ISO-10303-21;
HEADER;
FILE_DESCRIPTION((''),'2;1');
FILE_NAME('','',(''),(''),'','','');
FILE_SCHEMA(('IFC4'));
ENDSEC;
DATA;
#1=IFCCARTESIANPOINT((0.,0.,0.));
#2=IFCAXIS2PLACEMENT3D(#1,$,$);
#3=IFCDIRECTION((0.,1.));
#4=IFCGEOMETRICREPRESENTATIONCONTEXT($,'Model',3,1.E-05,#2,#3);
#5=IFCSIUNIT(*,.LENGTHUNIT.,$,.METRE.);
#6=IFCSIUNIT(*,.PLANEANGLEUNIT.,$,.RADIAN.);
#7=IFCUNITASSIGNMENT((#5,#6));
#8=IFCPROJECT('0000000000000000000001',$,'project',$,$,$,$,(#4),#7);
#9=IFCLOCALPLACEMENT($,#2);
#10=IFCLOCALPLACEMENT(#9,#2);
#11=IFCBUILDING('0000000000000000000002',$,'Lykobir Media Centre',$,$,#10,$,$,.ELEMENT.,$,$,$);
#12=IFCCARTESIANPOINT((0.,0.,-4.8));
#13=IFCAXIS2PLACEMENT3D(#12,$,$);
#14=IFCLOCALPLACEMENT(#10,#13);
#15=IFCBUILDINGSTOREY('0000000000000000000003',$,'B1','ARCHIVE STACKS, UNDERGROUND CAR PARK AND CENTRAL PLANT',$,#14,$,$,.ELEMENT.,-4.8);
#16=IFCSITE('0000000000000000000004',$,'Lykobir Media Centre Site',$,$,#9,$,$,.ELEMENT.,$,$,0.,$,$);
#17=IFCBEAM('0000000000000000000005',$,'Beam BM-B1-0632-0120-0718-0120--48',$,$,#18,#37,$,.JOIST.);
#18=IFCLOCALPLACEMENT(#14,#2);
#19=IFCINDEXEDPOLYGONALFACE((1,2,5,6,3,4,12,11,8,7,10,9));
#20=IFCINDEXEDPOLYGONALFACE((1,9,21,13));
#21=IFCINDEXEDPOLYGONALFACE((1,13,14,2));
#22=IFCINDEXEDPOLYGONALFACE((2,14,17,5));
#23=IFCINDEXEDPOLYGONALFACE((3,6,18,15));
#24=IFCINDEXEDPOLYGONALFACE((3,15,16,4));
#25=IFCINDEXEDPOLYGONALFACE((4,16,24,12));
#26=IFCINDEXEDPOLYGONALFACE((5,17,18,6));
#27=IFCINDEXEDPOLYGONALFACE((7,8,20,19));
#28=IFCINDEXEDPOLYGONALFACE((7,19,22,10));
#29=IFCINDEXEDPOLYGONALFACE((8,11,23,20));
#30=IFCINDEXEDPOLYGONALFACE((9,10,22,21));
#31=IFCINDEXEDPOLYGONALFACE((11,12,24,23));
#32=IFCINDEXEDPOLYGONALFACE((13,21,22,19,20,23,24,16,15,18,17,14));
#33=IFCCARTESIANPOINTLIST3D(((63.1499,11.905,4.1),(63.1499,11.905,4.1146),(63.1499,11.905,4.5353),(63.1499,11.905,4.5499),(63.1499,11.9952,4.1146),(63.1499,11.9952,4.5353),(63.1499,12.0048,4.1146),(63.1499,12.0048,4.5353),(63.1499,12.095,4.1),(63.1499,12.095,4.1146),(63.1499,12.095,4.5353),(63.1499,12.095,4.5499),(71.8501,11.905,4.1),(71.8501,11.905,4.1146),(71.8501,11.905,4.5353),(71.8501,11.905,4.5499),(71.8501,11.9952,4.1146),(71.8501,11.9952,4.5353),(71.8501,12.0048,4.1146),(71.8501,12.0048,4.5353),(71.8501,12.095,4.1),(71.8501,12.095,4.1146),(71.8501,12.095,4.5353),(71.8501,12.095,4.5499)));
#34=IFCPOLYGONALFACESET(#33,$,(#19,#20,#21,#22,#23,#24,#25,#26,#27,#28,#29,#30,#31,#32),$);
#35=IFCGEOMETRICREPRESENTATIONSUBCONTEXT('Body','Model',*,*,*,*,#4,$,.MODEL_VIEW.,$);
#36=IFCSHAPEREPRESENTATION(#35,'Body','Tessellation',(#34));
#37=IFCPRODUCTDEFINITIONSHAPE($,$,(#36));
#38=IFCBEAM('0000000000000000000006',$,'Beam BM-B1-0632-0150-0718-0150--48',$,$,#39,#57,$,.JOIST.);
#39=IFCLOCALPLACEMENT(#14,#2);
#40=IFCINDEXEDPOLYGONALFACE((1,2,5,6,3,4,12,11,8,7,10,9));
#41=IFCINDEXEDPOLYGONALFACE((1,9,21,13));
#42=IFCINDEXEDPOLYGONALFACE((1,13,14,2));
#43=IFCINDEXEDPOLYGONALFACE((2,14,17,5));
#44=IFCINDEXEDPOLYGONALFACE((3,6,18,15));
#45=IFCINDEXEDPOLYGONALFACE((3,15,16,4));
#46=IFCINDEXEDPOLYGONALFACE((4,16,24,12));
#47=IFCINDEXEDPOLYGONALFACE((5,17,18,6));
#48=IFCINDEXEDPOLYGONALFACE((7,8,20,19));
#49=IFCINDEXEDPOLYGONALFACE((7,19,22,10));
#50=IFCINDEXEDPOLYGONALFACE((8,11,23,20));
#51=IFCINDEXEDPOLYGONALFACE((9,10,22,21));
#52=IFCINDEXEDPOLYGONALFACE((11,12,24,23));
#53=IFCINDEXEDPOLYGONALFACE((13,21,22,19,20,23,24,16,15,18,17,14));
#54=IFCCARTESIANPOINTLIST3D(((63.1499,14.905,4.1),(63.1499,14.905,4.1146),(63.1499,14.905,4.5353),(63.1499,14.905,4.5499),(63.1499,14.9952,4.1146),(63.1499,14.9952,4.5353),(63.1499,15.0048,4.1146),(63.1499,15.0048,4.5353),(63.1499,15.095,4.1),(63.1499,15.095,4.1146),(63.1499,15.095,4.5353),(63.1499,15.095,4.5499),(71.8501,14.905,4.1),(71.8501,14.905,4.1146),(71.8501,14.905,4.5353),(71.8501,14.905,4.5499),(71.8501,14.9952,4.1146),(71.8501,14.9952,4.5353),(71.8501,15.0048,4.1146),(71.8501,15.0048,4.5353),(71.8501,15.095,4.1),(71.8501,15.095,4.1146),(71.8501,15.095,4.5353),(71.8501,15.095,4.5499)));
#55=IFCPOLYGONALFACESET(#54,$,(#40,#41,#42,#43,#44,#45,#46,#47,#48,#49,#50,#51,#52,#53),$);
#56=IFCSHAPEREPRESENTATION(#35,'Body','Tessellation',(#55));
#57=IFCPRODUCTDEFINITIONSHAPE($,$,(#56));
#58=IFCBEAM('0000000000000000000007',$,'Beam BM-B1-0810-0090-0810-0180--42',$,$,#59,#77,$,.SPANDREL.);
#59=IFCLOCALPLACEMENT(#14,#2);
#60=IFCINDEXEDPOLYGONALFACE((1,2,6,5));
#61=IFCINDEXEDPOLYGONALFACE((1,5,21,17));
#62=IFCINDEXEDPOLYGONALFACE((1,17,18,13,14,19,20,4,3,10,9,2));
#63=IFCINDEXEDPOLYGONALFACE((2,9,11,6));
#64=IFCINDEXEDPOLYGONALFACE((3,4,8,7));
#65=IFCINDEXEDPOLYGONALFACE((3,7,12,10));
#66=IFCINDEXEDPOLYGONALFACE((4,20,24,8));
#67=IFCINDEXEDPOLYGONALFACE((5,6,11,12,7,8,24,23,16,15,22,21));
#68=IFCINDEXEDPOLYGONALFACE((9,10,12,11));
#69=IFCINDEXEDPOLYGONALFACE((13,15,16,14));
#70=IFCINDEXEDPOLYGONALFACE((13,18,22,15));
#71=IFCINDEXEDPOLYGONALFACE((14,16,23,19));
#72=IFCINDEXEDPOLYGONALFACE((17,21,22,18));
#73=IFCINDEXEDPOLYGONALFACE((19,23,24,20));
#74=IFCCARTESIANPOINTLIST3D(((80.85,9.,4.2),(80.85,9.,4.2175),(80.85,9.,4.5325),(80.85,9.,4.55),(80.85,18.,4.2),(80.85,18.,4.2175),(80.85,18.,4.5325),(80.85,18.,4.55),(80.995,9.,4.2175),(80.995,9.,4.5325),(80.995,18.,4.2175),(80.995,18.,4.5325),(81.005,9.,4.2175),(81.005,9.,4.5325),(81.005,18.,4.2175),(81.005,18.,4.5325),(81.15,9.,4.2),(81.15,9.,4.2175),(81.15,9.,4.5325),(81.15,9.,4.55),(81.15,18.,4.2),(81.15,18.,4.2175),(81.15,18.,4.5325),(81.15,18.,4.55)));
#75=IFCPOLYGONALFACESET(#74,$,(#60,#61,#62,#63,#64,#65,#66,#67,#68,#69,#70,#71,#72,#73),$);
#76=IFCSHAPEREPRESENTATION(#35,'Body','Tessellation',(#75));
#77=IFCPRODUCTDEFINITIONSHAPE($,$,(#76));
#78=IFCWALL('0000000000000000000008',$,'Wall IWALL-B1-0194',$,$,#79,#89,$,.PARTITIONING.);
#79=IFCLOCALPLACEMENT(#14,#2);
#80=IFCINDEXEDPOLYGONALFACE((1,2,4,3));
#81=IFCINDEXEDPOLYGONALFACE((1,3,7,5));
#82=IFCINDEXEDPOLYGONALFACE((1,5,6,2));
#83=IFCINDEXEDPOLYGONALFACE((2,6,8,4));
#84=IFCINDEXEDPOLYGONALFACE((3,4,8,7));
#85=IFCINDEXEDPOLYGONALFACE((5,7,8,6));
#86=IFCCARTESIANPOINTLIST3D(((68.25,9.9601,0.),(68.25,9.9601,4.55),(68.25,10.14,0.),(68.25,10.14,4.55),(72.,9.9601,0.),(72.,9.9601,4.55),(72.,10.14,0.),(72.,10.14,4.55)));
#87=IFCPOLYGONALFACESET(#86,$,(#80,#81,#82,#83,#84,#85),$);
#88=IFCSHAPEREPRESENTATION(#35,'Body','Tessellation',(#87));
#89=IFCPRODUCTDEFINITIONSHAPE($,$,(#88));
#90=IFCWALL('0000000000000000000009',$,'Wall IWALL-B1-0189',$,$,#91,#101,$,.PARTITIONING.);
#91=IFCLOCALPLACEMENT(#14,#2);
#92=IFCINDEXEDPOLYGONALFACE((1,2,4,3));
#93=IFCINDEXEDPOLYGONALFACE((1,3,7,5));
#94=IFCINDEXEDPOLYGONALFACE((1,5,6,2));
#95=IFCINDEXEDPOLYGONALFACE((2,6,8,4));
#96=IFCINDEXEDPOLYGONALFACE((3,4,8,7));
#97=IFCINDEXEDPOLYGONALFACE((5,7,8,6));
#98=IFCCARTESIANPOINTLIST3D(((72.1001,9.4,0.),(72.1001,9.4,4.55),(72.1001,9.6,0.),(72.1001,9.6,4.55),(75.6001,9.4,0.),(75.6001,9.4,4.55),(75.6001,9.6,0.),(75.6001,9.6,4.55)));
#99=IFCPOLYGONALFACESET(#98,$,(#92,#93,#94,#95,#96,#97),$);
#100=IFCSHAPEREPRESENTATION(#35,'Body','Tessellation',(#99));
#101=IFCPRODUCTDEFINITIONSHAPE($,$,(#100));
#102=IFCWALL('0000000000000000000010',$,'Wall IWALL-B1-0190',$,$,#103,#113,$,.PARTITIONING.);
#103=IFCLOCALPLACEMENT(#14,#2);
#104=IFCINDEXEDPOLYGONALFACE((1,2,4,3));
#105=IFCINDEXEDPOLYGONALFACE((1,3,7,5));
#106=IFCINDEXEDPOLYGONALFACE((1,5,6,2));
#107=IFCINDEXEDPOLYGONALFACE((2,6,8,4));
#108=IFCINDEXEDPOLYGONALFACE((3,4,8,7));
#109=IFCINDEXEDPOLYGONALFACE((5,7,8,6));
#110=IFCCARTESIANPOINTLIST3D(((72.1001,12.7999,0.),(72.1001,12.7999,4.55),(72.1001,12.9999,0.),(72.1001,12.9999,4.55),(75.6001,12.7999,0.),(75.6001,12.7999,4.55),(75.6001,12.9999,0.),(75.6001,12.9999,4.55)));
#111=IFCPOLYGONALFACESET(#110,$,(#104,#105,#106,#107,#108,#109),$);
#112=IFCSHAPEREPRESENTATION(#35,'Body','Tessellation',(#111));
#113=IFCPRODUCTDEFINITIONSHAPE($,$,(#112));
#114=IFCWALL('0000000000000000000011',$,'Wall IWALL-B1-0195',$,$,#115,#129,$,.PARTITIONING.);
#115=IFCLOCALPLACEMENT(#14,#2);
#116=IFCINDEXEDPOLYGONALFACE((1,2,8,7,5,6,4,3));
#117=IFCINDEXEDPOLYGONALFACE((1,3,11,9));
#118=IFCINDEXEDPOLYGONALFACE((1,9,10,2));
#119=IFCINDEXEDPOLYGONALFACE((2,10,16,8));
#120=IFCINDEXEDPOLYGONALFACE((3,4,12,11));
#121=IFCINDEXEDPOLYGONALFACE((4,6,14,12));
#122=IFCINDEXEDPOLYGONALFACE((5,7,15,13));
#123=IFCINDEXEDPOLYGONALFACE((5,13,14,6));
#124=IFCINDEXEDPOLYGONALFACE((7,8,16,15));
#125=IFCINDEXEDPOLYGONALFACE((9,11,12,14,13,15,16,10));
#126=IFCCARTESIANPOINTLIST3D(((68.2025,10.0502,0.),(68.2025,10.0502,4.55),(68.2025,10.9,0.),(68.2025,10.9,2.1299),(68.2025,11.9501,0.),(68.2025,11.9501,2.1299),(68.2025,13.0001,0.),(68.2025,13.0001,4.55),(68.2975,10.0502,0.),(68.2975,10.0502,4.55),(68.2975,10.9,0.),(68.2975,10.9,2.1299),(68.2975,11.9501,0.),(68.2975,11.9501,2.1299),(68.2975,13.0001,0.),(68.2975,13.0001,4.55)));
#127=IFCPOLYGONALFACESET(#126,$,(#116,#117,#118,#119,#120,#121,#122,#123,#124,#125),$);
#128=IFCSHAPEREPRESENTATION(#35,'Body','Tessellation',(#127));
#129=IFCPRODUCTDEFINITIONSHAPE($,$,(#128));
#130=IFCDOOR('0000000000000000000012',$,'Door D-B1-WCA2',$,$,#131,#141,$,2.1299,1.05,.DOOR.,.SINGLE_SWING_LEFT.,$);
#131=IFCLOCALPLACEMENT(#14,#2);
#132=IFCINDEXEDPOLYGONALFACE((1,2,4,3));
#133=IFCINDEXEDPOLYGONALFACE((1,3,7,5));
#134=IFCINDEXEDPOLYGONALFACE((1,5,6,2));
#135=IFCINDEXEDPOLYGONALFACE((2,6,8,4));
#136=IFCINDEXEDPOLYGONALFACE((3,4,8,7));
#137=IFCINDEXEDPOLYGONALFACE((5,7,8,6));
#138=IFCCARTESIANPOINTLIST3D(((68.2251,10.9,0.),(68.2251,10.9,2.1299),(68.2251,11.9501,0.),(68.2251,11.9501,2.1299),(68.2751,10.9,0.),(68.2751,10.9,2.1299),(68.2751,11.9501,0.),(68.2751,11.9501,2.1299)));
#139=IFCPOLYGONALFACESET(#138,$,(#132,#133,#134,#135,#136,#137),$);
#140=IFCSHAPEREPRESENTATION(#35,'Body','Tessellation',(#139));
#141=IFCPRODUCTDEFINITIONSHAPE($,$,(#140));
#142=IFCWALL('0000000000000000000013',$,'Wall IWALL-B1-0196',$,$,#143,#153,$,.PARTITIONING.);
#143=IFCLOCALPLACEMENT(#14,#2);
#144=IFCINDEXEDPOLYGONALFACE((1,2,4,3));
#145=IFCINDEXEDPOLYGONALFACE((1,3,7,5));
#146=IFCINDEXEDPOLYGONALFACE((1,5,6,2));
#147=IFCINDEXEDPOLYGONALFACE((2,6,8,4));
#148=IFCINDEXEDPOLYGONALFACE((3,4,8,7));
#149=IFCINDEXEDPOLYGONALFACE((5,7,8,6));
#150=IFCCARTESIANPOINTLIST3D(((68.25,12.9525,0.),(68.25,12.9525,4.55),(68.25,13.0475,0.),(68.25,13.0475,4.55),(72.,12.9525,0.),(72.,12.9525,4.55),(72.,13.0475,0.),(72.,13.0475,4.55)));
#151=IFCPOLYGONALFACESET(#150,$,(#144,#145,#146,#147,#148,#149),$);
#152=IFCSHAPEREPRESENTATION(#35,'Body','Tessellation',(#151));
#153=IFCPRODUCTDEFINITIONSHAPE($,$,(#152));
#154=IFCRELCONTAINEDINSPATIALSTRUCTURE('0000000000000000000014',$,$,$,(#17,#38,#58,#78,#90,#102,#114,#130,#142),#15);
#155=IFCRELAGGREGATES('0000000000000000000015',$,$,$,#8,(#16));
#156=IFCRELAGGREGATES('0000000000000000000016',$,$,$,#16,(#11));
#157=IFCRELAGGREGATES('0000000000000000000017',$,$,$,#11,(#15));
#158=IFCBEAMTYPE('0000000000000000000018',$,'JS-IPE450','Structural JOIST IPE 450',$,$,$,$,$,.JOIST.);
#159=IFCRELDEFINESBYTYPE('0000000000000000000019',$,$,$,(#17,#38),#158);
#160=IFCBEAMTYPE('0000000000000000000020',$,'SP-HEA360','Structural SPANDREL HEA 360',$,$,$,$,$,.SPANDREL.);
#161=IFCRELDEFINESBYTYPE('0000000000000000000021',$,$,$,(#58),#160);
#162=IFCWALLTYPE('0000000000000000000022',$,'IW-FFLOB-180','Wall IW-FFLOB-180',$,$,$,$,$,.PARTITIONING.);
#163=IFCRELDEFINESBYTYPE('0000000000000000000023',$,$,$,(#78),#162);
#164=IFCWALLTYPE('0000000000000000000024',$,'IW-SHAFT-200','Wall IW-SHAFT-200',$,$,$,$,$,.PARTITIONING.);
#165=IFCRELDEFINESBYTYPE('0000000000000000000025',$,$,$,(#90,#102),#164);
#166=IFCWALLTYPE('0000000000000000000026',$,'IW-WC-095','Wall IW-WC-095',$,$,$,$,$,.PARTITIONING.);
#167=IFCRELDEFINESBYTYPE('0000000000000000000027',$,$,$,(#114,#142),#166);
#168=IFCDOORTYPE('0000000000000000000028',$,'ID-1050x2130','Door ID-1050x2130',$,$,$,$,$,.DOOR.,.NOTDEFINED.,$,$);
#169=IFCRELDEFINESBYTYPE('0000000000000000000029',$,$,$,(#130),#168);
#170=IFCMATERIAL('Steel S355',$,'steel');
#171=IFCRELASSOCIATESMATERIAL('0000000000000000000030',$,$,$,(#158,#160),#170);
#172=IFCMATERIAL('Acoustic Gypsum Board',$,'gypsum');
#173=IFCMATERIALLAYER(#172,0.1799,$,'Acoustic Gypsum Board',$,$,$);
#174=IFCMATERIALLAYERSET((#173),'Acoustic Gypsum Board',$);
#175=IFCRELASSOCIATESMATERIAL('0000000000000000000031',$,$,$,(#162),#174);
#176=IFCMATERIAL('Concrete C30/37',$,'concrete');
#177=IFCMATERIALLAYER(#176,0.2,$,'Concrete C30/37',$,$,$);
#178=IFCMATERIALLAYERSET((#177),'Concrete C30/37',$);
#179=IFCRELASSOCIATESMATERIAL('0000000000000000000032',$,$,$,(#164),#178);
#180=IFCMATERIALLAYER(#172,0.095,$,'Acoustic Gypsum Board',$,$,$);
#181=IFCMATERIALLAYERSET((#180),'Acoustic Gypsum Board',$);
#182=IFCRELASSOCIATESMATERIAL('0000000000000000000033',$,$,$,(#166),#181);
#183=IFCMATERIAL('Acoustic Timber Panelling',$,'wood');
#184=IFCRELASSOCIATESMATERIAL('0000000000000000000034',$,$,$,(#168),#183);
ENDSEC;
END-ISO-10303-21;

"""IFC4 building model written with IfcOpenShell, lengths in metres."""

from ifc_helpers import new_model, si_unit, direction, frame, frame_2d, origin, origin_2d, place, context, subcontext, project, spatial, rectangle, i_section, extrude, material, layer, layer_set, material_profile, profile_set, type_object, element, fill, save


model = new_model("IFC4")

# Units and contexts
model_context = context("Model", 3, precision=1e-05, world=origin(), true_north=direction((0.0, 1.0)))
body_context = subcontext(model_context, "Body", "Model", "MODEL_VIEW")
ifc_project = project(units=[si_unit("LENGTHUNIT", "METRE"), si_unit("PLANEANGLEUNIT", "RADIAN")], contexts=[model_context])

# Site, building, storey
site_placement = place(None, origin())
site = spatial("IfcSite", under=ifc_project, at=site_placement, Name="Lykobir Media Centre Site", CompositionType="ELEMENT", RefElevation=0.0)
building_placement = place(site_placement, origin())
building = spatial("IfcBuilding", under=site, at=building_placement, Name="Lykobir Media Centre", CompositionType="ELEMENT")
storey_placement = place(building_placement, frame((0.0, 0.0, -4.8)))
storey = spatial("IfcBuildingStorey", under=building, at=storey_placement, Name="B1", Description="ARCHIVE STACKS, UNDERGROUND CAR PARK AND CENTRAL PLANT", CompositionType="ELEMENT", Elevation=-4.8)

# Shared definitions
ifc_material_1 = material(Name="Concrete C30/37", Category="concrete")

# Beams
ifc_material_2 = material(Name="Steel S355", Category="steel")
ifc_material_profile_1 = material_profile(ifc_material_2, i_section(OverallWidth=0.1899, OverallDepth=0.45, WebThickness=0.0095, FlangeThickness=0.0146, at=origin_2d()), Name="IPE 450")
ifc_profile_set_1 = profile_set([ifc_material_profile_1], Name="Steel S355")
beam_type_1 = type_object("IfcBeamType", Name="JS-IPE450", Description="Structural JOIST IPE 450", PredefinedType="JOIST", material=ifc_profile_set_1)
for number, where, z_axis, x_axis, name in (
    (1, (63.1499, 12.0, 4.325), (1.0, 0.0, 0.0), (0.0, 1.0, 0.0), "Beam BM-B1-0632-0120-0718-0120--48"),
    (2, (63.1499, 15.0, 4.325), (1.0, 0.0, 0.0), (0.0, 1.0, 0.0), "Beam BM-B1-0632-0150-0718-0150--48"),
):
    element("IfcBeam", number, at=place(storey_placement, frame(where, z_axis=z_axis, x_axis=x_axis)), inside=storey, type_object=beam_type_1, Name=name, PredefinedType="JOIST", context=body_context, shape_type="SweptSolid", body=[
        extrude(i_section(OverallWidth=0.1899, OverallDepth=0.45, WebThickness=0.0095, FlangeThickness=0.0146, at=origin_2d()), origin(), (0.0, 0.0, 1.0), 8.7002),
    ])
ifc_material_profile_2 = material_profile(ifc_material_2, i_section(OverallWidth=0.3, OverallDepth=0.3501, WebThickness=0.01, FlangeThickness=0.0176, at=origin_2d()), Name="HEA 360")
ifc_profile_set_2 = profile_set([ifc_material_profile_2], Name="Steel S355")
beam_type_2 = type_object("IfcBeamType", Name="SP-HEA360", Description="Structural SPANDREL HEA 360", PredefinedType="SPANDREL", material=ifc_profile_set_2)
beam_1_placement = place(storey_placement, frame((81.0, 9.0, 4.375), z_axis=(0.0, 1.0, 0.0), x_axis=(-1.0, 0.0, 0.0)))
element("IfcBeam", 3, at=beam_1_placement, inside=storey, type_object=beam_type_2, Name="Beam BM-B1-0810-0090-0810-0180--42", PredefinedType="SPANDREL", context=body_context, shape_type="SweptSolid", body=[
    extrude(i_section(OverallWidth=0.3, OverallDepth=0.3501, WebThickness=0.01, FlangeThickness=0.0176, at=origin_2d()), origin(), (0.0, 0.0, 1.0), 9.0),
])

# Walls
ifc_material_3 = material(Name="Acoustic Gypsum Board", Category="gypsum")
ifc_layer_1 = layer(ifc_material_3, 0.1799, Name="Acoustic Gypsum Board")
ifc_layer_set_1 = layer_set([ifc_layer_1], Name="Acoustic Gypsum Board")
wall_type_1 = type_object("IfcWallType", Name="IW-FFLOB-180", Description="Wall IW-FFLOB-180", PredefinedType="PARTITIONING", material=ifc_layer_set_1)
wall_1_placement = place(storey_placement, frame((68.25, 10.05, 0.0), z_axis=(0.0, 0.0, 1.0), x_axis=(1.0, 0.0, 0.0)))
element("IfcWall", 4, at=wall_1_placement, inside=storey, type_object=wall_type_1, Name="Wall IWALL-B1-0194", PredefinedType="PARTITIONING", context=body_context, shape_type="SweptSolid", body=[
    extrude(rectangle(XDim=3.75, YDim=0.1799, at=frame_2d((1.875, 0.0))), origin(), (0.0, 0.0, 1.0), 4.55),
])
ifc_layer_2 = layer(ifc_material_1, 0.2, Name="Concrete C30/37")
ifc_layer_set_2 = layer_set([ifc_layer_2], Name="Concrete C30/37")
wall_type_2 = type_object("IfcWallType", Name="IW-SHAFT-200", Description="Wall IW-SHAFT-200", PredefinedType="PARTITIONING", material=ifc_layer_set_2)
for number, where, z_axis, x_axis, name in (
    (5, (72.1001, 9.5, 0.0), (0.0, 0.0, 1.0), (1.0, 0.0, 0.0), "Wall IWALL-B1-0189"),
    (6, (72.1001, 12.8999, 0.0), (0.0, 0.0, 1.0), (1.0, 0.0, 0.0), "Wall IWALL-B1-0190"),
):
    element("IfcWall", number, at=place(storey_placement, frame(where, z_axis=z_axis, x_axis=x_axis)), inside=storey, type_object=wall_type_2, Name=name, PredefinedType="PARTITIONING", context=body_context, shape_type="SweptSolid", body=[
        extrude(rectangle(XDim=3.5, YDim=0.2, at=frame_2d((1.75, 0.0))), origin(), (0.0, 0.0, 1.0), 4.55),
    ])

# Wall, opening, door
ifc_layer_3 = layer(ifc_material_3, 0.095, Name="Acoustic Gypsum Board")
ifc_layer_set_3 = layer_set([ifc_layer_3], Name="Acoustic Gypsum Board")
wall_type_3 = type_object("IfcWallType", Name="IW-WC-095", Description="Wall IW-WC-095", PredefinedType="PARTITIONING", material=ifc_layer_set_3)
wall_2_placement = place(storey_placement, frame((68.25, 10.05, 0.0), z_axis=(0.0, 0.0, 1.0), x_axis=(0.0, 1.0, 0.0)))
wall_2 = element("IfcWall", 7, at=wall_2_placement, inside=storey, type_object=wall_type_3, Name="Wall IWALL-B1-0195", PredefinedType="PARTITIONING", context=body_context, shape_type="SweptSolid", body=[
    extrude(rectangle(XDim=2.95, YDim=0.095, at=frame_2d((1.4751, 0.0))), origin(), (0.0, 0.0, 1.0), 4.55),
])
opening_placement = place(wall_2_placement, frame((0.8501, 0.0, 0.0)))
opening = element("IfcOpeningElement", 8, at=opening_placement, cuts=wall_2, PredefinedType="OPENING", context=body_context, shape_type="SweptSolid", body=[
    extrude(rectangle(XDim=1.05, YDim=2.1299, at=frame_2d((0.5249, 1.0649))), frame((0.0, 0.0574, 0.0), z_axis=(0.0, -1.0, 0.0), x_axis=(1.0, 0.0, 0.0)), (0.0, 0.0, 1.0), 0.115),
])
ifc_material_4 = material(Name="Acoustic Timber Panelling", Category="wood")
door_type = type_object("IfcDoorType", Name="ID-1050x2130", Description="Door ID-1050x2130", OperationType="NOTDEFINED", PredefinedType="DOOR", material=ifc_material_4)
door_placement = place(opening_placement, origin())
door = element("IfcDoor", 9, at=door_placement, inside=storey, type_object=door_type, Name="Door D-B1-WCA2", OperationType="SINGLE_SWING_LEFT", OverallHeight=2.1299, OverallWidth=1.05, PredefinedType="DOOR", context=body_context, shape_type="SweptSolid", body=[
    extrude(rectangle(XDim=1.05, YDim=2.1299, at=frame_2d((0.5249, 1.0649))), frame((0.0, 0.0249, 0.0), z_axis=(0.0, -1.0, 0.0), x_axis=(1.0, 0.0, 0.0)), (0.0, 0.0, 1.0), 0.05),
])
fill(opening, door)

# Wall
wall_3_placement = place(storey_placement, frame((68.25, 13.0, 0.0), z_axis=(0.0, 0.0, 1.0), x_axis=(1.0, 0.0, 0.0)))
element("IfcWall", 10, at=wall_3_placement, inside=storey, type_object=wall_type_3, Name="Wall IWALL-B1-0196", PredefinedType="PARTITIONING", context=body_context, shape_type="SweptSolid", body=[
    extrude(rectangle(XDim=3.75, YDim=0.095, at=frame_2d((1.875, 0.0))), origin(), (0.0, 0.0, 1.0), 4.55),
])

save(model, "model.ifc")
